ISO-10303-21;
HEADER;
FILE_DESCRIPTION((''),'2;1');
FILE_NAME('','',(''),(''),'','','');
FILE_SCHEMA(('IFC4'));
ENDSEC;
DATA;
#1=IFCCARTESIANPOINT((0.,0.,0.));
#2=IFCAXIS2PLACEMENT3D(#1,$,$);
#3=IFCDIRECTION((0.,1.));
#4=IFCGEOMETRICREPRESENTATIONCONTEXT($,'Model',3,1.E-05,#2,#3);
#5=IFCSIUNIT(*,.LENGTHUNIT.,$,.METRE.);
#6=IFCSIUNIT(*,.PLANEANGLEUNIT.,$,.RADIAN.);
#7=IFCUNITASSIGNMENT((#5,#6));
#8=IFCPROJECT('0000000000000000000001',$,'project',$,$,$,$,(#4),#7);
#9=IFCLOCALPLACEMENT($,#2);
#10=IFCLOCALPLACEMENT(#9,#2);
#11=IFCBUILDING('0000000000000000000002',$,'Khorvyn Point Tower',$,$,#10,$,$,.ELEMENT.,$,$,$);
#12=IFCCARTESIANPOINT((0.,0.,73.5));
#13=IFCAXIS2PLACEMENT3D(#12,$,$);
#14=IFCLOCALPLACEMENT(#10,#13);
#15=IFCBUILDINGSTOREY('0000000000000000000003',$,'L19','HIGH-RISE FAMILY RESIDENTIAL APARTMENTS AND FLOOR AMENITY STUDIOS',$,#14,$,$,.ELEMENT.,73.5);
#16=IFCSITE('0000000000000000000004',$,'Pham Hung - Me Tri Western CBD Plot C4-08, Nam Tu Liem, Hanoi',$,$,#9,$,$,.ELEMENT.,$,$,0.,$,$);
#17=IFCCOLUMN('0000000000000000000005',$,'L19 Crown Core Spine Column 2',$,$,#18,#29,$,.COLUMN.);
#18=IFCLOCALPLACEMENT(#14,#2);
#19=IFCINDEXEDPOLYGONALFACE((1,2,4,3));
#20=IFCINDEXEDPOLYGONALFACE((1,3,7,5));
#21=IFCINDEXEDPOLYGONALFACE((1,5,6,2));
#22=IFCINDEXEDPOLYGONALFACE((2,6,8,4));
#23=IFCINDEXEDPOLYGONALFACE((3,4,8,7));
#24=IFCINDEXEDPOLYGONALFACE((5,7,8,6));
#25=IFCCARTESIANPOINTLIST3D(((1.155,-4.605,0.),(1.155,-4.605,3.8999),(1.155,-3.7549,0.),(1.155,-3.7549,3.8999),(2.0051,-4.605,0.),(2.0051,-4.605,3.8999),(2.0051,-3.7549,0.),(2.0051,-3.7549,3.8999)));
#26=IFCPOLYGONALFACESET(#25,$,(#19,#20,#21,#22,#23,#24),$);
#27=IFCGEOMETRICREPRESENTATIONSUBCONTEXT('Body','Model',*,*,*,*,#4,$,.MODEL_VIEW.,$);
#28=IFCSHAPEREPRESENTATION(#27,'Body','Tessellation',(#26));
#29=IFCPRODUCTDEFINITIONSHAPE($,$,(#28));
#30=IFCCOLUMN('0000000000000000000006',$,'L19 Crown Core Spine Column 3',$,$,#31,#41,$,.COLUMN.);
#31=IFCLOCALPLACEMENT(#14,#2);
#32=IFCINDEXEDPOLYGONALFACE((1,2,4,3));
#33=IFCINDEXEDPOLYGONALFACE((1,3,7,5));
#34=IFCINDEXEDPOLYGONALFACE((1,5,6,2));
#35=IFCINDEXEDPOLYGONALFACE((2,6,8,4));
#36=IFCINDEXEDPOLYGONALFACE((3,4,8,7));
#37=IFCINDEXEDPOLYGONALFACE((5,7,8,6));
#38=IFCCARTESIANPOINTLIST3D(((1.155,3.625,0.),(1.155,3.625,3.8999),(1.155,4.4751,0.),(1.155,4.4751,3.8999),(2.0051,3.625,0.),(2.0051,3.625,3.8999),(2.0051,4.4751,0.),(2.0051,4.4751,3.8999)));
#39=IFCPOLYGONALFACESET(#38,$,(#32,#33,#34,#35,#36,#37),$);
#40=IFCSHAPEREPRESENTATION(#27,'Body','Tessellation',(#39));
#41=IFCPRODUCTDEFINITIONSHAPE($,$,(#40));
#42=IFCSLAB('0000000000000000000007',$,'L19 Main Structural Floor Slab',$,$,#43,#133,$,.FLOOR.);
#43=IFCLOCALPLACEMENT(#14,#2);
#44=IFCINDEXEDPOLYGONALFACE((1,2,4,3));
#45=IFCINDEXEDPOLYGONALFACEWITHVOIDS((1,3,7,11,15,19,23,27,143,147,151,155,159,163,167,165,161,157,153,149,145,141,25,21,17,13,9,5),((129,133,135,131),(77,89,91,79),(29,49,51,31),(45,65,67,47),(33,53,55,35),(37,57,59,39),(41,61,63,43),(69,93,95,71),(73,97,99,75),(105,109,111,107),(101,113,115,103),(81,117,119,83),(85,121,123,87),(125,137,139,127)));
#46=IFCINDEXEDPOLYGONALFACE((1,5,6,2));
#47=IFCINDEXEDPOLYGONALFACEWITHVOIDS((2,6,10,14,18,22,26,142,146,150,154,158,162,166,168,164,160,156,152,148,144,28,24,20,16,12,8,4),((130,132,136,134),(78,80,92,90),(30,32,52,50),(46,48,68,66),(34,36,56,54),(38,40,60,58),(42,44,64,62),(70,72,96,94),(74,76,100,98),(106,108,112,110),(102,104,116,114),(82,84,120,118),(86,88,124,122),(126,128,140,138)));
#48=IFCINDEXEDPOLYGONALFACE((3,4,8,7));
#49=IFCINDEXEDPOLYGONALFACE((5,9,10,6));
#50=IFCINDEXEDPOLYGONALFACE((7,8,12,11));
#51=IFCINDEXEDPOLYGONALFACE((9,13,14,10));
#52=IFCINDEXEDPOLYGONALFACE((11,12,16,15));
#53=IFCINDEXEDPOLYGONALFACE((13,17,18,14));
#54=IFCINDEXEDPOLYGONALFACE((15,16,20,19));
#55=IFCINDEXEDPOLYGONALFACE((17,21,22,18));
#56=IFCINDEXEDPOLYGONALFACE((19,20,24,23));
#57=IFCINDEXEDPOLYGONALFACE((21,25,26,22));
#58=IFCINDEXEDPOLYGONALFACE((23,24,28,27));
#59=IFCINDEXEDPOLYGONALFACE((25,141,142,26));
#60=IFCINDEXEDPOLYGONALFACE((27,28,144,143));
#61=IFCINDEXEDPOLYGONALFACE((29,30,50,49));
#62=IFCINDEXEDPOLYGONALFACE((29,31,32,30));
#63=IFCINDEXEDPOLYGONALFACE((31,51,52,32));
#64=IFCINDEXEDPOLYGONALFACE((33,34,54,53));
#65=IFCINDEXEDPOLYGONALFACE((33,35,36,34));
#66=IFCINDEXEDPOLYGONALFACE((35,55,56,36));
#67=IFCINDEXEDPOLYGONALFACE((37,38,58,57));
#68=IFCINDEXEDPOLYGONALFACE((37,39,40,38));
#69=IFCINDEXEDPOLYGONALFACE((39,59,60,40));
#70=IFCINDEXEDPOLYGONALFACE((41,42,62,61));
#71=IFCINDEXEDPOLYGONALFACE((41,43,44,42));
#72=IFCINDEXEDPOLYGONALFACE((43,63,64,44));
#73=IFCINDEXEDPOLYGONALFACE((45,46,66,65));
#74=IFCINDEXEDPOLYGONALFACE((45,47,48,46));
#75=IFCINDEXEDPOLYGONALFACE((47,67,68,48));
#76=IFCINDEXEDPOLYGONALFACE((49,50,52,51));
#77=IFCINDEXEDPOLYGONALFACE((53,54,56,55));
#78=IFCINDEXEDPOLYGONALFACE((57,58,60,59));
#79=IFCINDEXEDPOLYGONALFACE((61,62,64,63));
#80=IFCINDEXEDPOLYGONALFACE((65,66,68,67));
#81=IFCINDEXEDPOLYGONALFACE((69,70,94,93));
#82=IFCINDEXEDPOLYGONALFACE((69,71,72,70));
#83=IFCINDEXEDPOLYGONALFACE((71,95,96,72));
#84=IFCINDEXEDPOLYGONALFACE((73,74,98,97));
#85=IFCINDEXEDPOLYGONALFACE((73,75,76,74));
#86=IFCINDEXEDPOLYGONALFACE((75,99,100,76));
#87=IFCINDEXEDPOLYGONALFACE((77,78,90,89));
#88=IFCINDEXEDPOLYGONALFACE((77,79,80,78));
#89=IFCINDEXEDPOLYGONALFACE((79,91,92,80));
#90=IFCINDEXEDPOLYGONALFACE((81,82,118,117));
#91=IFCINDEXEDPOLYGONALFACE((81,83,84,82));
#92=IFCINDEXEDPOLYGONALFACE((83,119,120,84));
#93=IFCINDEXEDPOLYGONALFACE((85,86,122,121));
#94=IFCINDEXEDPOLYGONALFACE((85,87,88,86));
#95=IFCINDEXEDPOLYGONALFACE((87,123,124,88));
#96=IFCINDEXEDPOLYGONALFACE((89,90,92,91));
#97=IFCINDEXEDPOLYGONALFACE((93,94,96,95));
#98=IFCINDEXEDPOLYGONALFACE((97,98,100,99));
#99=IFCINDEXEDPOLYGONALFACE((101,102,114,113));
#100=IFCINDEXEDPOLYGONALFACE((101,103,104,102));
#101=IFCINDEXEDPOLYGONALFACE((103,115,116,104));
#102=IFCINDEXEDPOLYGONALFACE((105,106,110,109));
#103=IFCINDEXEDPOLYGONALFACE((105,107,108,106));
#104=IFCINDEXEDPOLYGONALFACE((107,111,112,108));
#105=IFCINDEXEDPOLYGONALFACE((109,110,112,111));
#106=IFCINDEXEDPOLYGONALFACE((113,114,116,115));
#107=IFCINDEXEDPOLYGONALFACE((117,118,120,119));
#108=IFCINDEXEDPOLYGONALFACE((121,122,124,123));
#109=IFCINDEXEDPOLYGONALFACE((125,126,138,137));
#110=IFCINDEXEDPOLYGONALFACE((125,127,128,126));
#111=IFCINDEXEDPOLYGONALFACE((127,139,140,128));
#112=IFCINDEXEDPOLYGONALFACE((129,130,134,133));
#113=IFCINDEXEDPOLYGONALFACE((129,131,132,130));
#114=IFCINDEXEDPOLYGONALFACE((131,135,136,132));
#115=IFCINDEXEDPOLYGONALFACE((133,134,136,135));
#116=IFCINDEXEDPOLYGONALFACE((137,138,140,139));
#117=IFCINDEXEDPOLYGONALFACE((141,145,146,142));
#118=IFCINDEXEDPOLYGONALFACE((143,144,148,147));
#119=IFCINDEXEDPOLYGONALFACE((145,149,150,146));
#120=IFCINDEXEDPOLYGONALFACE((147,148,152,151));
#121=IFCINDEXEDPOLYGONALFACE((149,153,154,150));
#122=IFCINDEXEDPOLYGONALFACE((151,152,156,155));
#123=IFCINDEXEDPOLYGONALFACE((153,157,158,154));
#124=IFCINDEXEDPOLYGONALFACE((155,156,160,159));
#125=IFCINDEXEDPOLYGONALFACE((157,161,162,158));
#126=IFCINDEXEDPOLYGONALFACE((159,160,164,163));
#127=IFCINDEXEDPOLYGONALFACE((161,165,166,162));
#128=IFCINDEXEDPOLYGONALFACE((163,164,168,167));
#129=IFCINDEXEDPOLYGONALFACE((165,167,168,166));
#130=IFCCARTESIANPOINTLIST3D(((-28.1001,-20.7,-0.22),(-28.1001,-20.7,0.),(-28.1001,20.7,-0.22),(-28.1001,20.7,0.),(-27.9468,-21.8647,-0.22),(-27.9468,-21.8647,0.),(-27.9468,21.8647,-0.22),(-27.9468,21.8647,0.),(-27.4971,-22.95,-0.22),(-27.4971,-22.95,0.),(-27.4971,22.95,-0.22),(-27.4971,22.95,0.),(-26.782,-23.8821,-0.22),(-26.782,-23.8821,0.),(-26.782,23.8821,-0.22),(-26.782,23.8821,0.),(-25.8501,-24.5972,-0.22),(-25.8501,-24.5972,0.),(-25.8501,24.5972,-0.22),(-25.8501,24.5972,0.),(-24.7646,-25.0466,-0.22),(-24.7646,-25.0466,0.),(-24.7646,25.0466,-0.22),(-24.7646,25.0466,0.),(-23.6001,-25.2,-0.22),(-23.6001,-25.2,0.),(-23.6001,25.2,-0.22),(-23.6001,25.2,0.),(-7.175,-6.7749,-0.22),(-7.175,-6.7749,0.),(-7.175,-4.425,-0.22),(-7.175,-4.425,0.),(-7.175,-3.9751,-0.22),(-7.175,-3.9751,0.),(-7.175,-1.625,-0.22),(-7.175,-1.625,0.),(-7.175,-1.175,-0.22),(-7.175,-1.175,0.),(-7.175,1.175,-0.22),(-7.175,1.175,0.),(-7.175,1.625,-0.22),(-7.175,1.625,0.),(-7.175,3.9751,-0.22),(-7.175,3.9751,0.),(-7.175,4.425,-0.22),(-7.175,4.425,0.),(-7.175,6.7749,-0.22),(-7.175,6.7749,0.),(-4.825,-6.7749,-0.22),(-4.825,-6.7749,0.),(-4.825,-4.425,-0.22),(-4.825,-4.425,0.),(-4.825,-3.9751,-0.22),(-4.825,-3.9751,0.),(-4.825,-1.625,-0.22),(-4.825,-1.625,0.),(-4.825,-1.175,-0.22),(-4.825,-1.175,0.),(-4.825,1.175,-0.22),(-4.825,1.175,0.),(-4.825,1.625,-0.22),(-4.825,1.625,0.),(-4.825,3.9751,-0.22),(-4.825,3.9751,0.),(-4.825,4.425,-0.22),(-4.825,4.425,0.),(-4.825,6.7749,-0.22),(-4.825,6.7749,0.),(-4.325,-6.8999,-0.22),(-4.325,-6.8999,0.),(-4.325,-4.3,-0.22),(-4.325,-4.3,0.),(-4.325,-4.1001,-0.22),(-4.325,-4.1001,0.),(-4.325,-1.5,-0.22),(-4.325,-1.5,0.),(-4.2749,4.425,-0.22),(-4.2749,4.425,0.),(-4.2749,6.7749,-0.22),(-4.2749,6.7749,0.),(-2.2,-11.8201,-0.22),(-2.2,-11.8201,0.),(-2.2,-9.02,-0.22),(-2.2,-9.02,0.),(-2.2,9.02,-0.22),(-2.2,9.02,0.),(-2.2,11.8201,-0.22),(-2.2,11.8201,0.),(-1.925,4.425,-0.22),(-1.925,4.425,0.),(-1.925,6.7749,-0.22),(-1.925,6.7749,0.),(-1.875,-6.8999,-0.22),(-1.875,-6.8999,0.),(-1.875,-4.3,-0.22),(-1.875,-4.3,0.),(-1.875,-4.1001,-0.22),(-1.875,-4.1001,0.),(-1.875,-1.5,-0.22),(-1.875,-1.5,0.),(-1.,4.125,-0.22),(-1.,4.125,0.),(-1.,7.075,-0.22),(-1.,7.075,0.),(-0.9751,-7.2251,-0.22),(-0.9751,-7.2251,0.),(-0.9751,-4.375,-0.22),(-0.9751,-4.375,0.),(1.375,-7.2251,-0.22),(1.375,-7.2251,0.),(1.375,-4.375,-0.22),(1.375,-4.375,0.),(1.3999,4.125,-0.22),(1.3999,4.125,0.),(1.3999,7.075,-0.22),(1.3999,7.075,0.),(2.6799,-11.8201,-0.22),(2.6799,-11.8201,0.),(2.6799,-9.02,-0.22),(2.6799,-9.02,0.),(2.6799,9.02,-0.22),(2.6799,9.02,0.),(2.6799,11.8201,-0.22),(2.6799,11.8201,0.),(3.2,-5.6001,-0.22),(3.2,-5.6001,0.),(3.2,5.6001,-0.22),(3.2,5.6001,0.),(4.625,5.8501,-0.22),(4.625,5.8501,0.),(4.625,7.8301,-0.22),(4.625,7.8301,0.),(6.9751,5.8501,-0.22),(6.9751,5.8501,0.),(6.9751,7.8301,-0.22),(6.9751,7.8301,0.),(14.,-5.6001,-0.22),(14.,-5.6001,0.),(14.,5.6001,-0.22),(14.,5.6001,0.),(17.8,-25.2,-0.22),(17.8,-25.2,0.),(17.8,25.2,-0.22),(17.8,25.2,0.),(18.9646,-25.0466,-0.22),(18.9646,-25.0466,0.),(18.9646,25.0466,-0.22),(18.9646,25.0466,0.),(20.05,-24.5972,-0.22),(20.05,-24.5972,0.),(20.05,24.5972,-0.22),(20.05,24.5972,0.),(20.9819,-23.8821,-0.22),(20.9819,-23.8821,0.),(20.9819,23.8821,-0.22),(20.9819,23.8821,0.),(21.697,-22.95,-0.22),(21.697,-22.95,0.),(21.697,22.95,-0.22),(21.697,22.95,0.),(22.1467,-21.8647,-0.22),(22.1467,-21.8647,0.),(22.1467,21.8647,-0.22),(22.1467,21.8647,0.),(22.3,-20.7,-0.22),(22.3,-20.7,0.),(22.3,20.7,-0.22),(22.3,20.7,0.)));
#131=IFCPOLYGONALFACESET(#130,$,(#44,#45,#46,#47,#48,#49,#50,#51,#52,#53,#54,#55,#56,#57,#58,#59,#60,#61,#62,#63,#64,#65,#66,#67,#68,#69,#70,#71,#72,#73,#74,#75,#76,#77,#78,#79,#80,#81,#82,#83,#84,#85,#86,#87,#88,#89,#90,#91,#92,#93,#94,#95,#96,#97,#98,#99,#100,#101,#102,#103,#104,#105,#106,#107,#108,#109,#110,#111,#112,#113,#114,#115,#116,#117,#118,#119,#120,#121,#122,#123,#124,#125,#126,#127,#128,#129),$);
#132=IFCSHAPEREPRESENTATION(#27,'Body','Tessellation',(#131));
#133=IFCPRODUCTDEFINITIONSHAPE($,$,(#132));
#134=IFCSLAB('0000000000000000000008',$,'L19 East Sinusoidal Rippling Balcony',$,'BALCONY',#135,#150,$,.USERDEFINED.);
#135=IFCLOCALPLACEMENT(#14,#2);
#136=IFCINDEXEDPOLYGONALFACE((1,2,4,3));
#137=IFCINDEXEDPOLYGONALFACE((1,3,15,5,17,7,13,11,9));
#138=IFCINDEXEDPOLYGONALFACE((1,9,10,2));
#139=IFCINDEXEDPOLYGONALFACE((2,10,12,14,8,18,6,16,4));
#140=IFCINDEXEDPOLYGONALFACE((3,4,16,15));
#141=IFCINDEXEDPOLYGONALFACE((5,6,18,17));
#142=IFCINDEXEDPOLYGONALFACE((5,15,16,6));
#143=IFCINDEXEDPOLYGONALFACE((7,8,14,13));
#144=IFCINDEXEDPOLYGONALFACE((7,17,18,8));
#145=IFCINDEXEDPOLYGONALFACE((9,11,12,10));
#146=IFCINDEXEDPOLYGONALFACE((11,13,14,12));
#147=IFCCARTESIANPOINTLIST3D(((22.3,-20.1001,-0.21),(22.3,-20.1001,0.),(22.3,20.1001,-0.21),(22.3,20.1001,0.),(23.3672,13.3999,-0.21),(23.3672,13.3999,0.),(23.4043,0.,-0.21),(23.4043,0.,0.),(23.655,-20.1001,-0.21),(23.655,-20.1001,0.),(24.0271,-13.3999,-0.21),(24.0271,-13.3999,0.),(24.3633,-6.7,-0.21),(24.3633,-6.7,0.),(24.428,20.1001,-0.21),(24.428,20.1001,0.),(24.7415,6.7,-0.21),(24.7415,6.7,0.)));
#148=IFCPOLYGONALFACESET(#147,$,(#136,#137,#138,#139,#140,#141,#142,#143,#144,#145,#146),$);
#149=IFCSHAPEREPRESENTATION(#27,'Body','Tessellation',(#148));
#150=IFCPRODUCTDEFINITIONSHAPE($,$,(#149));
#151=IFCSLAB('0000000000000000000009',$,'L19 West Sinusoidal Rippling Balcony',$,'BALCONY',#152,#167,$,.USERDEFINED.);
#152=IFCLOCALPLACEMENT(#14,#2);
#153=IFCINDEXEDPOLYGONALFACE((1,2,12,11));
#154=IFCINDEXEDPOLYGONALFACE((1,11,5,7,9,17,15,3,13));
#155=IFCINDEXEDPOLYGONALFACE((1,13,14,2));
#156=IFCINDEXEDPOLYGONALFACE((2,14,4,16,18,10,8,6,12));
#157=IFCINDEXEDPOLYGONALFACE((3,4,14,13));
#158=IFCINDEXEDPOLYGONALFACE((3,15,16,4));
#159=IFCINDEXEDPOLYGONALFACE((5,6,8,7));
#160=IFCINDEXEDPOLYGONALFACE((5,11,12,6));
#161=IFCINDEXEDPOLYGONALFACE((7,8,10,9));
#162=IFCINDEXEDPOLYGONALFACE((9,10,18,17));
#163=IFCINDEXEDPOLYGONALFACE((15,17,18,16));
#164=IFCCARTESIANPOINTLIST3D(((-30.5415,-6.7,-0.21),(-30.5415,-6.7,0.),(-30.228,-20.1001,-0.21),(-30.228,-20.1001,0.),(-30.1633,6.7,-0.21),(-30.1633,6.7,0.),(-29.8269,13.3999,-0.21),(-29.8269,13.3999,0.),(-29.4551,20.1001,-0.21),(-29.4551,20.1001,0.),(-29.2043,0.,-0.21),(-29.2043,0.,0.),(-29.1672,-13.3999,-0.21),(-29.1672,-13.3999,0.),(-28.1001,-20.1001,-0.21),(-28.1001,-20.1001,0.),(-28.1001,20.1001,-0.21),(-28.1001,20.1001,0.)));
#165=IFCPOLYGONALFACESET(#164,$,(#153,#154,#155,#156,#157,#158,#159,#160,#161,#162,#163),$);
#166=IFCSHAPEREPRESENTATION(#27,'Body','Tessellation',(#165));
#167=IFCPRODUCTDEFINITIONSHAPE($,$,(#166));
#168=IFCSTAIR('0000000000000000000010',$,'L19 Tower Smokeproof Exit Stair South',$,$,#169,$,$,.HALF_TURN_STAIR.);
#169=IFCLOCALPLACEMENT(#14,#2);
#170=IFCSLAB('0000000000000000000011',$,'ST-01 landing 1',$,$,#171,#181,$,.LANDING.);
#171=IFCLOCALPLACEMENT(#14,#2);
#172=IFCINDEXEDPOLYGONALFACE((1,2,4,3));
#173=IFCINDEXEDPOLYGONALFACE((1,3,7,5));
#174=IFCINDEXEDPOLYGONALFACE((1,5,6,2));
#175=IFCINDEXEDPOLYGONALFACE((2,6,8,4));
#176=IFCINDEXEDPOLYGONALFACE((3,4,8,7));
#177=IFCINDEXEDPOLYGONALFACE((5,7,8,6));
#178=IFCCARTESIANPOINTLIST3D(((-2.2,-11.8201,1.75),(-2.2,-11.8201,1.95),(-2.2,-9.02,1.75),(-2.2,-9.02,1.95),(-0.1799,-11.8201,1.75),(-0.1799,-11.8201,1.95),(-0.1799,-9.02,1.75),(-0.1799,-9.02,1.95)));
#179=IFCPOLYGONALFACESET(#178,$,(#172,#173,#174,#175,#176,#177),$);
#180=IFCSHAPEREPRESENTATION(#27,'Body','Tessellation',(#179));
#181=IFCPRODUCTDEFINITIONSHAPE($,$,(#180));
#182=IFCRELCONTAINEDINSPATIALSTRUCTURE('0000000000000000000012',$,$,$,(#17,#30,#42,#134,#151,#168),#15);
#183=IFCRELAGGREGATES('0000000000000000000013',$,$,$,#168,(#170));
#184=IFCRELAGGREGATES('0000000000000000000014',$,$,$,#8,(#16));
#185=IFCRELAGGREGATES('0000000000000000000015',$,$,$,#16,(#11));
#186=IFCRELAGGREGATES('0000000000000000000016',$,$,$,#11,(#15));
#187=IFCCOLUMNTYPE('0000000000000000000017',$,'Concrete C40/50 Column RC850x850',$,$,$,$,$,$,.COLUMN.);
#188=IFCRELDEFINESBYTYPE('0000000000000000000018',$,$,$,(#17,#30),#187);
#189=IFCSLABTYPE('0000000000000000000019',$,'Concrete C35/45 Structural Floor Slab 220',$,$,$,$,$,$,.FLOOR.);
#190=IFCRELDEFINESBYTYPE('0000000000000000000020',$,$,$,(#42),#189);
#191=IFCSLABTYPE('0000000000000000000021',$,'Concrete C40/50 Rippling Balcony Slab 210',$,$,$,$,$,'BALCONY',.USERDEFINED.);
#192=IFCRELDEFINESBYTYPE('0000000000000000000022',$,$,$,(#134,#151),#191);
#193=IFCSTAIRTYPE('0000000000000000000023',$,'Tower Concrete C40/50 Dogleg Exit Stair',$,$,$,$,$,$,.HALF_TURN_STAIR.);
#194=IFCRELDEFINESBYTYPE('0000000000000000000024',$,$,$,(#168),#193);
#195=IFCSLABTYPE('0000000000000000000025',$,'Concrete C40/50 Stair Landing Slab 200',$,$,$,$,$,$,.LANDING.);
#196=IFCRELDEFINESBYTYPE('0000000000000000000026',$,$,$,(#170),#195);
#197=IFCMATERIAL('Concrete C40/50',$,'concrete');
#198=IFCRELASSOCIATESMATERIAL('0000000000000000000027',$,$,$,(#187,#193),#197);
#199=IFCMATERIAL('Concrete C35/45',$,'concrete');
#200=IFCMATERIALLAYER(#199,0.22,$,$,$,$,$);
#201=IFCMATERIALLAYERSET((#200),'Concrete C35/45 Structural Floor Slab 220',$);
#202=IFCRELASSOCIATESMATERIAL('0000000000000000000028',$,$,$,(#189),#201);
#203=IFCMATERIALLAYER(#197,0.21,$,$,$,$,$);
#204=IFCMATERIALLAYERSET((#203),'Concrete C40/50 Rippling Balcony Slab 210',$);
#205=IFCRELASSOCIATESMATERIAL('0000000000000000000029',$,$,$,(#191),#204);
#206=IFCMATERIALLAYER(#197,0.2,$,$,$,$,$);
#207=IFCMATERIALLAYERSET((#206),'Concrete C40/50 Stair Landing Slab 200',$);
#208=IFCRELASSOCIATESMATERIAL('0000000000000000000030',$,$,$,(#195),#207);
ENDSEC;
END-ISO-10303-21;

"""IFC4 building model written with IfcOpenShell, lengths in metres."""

from ifc_helpers import new_model, si_unit, direction, frame, origin, origin_2d, place, context, subcontext, project, spatial, polyline, rectangle, outline, extrude, material, layer, layer_set, material_profile, profile_set, type_object, element, aggregate, save


model = new_model("IFC4")

# Units and contexts
model_context = context("Model", 3, precision=1e-05, world=origin(), true_north=direction((0.0, 1.0)))
body_context = subcontext(model_context, "Body", "Model", "MODEL_VIEW")
ifc_project = project(units=[si_unit("LENGTHUNIT", "METRE"), si_unit("PLANEANGLEUNIT", "RADIAN")], contexts=[model_context])

# Site, building, storey
site_placement = place(None, origin())
site = spatial("IfcSite", under=ifc_project, at=site_placement, Name="Pham Hung - Me Tri Western CBD Plot C4-08, Nam Tu Liem, Hanoi", CompositionType="ELEMENT", RefElevation=0.0)
building_placement = place(site_placement, origin())
building = spatial("IfcBuilding", under=site, at=building_placement, Name="Khorvyn Point Tower", CompositionType="ELEMENT")
storey_placement = place(building_placement, frame((0.0, 0.0, 73.5)))
storey = spatial("IfcBuildingStorey", under=building, at=storey_placement, Name="L19", Description="HIGH-RISE FAMILY RESIDENTIAL APARTMENTS AND FLOOR AMENITY STUDIOS", CompositionType="ELEMENT", Elevation=73.5)

# Columns
ifc_material_1 = material(Name="Concrete C40/50", Category="concrete")
ifc_material_profile = material_profile(ifc_material_1, rectangle(XDim=0.8501, YDim=0.8501, at=origin_2d()))
ifc_profile_set = profile_set([ifc_material_profile], Name="Concrete C40/50 RC850x850")
column_type = type_object("IfcColumnType", Name="Concrete C40/50 Column RC850x850", PredefinedType="COLUMN", material=ifc_profile_set)
for number, where, z_axis, x_axis, name in (
    (1, (1.5801, -4.1799, 0.0), (0.0, 0.0, 1.0), (1.0, 0.0, 0.0), "L19 Crown Core Spine Column 2"),
    (2, (1.5801, 4.05, 0.0), (0.0, 0.0, 1.0), (1.0, 0.0, 0.0), "L19 Crown Core Spine Column 3"),
):
    element("IfcColumn", number, at=place(storey_placement, frame(where, z_axis=z_axis, x_axis=x_axis)), inside=storey, type_object=column_type, Name=name, PredefinedType="COLUMN", context=body_context, shape_type="SweptSolid", body=[
        extrude(rectangle(XDim=0.8501, YDim=0.8501, at=origin_2d()), origin(), (0.0, 0.0, 1.0), 3.8999),
    ])

# Slabs
ifc_material_2 = material(Name="Concrete C35/45", Category="concrete")
ifc_layer_1 = layer(ifc_material_2, 0.22)
ifc_layer_set_1 = layer_set([ifc_layer_1], Name="Concrete C35/45 Structural Floor Slab 220")
slab_type_1 = type_object("IfcSlabType", Name="Concrete C35/45 Structural Floor Slab 220", PredefinedType="FLOOR", material=ifc_layer_set_1)
slab_1_placement = place(storey_placement, frame((0.0, 0.0, -0.22)))
element("IfcSlab", 3, at=slab_1_placement, inside=storey, type_object=slab_type_1, Name="L19 Main Structural Floor Slab", PredefinedType="FLOOR", context=body_context, shape_type="SweptSolid", body=[
    extrude(outline(polyline([(-23.6001, -25.2), (-24.7646, -25.0466), (-25.8501, -24.5972), (-26.782, -23.8821), (-27.4971, -22.95), (-27.9468, -21.8647), (-28.1001, -20.7), (-28.1001, 20.7), (-27.9468, 21.8647), (-27.4971, 22.95), (-26.782, 23.8821), (-25.8501, 24.5972), (-24.7646, 25.0466), (-23.6001, 25.2), (17.8, 25.2), (18.9646, 25.0466), (20.05, 24.5972), (20.9819, 23.8821), (21.697, 22.95), (22.1467, 21.8647), (22.3, 20.7), (22.3, -20.7), (22.1467, -21.8647), (21.697, -22.95), (20.9819, -23.8821), (20.05, -24.5972), (18.9646, -25.0466), (17.8, -25.2), (-23.6001, -25.2)]), holes=[polyline([(-4.825, -6.7749), (-4.825, -4.425), (-7.175, -4.425), (-7.175, -6.7749), (-4.825, -6.7749)]), polyline([(-4.325, -6.8999), (-1.875, -6.8999), (-1.875, -4.3), (-4.325, -4.3), (-4.325, -6.8999)]), polyline([(-7.175, -3.9751), (-4.825, -3.9751), (-4.825, -1.625), (-7.175, -1.625), (-7.175, -3.9751)]), polyline([(-7.175, -1.175), (-4.825, -1.175), (-4.825, 1.175), (-7.175, 1.175), (-7.175, -1.175)]), polyline([(-7.175, 1.625), (-4.825, 1.625), (-4.825, 3.9751), (-7.175, 3.9751), (-7.175, 1.625)]), polyline([(-7.175, 4.425), (-4.825, 4.425), (-4.825, 6.7749), (-7.175, 6.7749), (-7.175, 4.425)]), polyline([(-4.2749, 4.425), (-1.925, 4.425), (-1.925, 6.7749), (-4.2749, 6.7749), (-4.2749, 4.425)]), polyline([(2.6799, -11.8201), (2.6799, -9.02), (-2.2, -9.02), (-2.2, -11.8201), (2.6799, -11.8201)]), polyline([(-0.9751, -7.2251), (1.375, -7.2251), (1.375, -4.375), (-0.9751, -4.375), (-0.9751, -7.2251)]), polyline([(-4.325, -4.1001), (-1.875, -4.1001), (-1.875, -1.5), (-4.325, -1.5), (-4.325, -4.1001)]), polyline([(3.2, -5.6001), (14.0, -5.6001), (14.0, 5.6001), (3.2, 5.6001), (3.2, -5.6001)]), polyline([(-1.0, 4.125), (1.3999, 4.125), (1.3999, 7.075), (-1.0, 7.075), (-1.0, 4.125)]), polyline([(4.625, 5.8501), (6.9751, 5.8501), (6.9751, 7.8301), (4.625, 7.8301), (4.625, 5.8501)]), polyline([(-2.2, 9.02), (2.6799, 9.02), (2.6799, 11.8201), (-2.2, 11.8201), (-2.2, 9.02)])]), origin(), (0.0, 0.0, 1.0), 0.22),
])
ifc_layer_2 = layer(ifc_material_1, 0.21)
ifc_layer_set_2 = layer_set([ifc_layer_2], Name="Concrete C40/50 Rippling Balcony Slab 210")
slab_type_2 = type_object("IfcSlabType", Name="Concrete C40/50 Rippling Balcony Slab 210", ElementType="BALCONY", PredefinedType="USERDEFINED", material=ifc_layer_set_2)
slab_2_placement = place(storey_placement, frame((0.0, 0.0, -0.21)))
element("IfcSlab", 4, at=slab_2_placement, inside=storey, type_object=slab_type_2, Name="L19 East Sinusoidal Rippling Balcony", ObjectType="BALCONY", PredefinedType="USERDEFINED", context=body_context, shape_type="SweptSolid", body=[
    extrude(outline(polyline([(22.3, -20.1001), (23.655, -20.1001), (24.0271, -13.3999), (24.3633, -6.7), (23.4043, 0.0), (24.7415, 6.7), (23.3672, 13.3999), (24.428, 20.1001), (22.3, 20.1001), (22.3, -20.1001)])), origin(), (0.0, 0.0, 1.0), 0.21),
])
slab_3_placement = place(storey_placement, frame((0.0, 0.0, -0.21)))
element("IfcSlab", 5, at=slab_3_placement, inside=storey, type_object=slab_type_2, Name="L19 West Sinusoidal Rippling Balcony", ObjectType="BALCONY", PredefinedType="USERDEFINED", context=body_context, shape_type="SweptSolid", body=[
    extrude(outline(polyline([(-28.1001, 20.1001), (-29.4551, 20.1001), (-29.8269, 13.3999), (-30.1633, 6.7), (-29.2043, 0.0), (-30.5415, -6.7), (-29.1672, -13.3999), (-30.228, -20.1001), (-28.1001, -20.1001), (-28.1001, 20.1001)])), origin(), (0.0, 0.0, 1.0), 0.21),
])

# Stair, slab
stair_type = type_object("IfcStairType", Name="Tower Concrete C40/50 Dogleg Exit Stair", PredefinedType="HALF_TURN_STAIR", material=ifc_material_1)
stair_1_placement = place(storey_placement, origin())
stair_1 = element("IfcStair", 6, at=stair_1_placement, inside=storey, type_object=stair_type, Name="L19 Tower Smokeproof Exit Stair South", PredefinedType="HALF_TURN_STAIR")
ifc_layer_3 = layer(ifc_material_1, 0.2)
ifc_layer_set_3 = layer_set([ifc_layer_3], Name="Concrete C40/50 Stair Landing Slab 200")
slab_type_3 = type_object("IfcSlabType", Name="Concrete C40/50 Stair Landing Slab 200", PredefinedType="LANDING", material=ifc_layer_set_3)
slab_4_placement = place(storey_placement, frame((0.0, 0.0, 1.75)))
slab_4 = element("IfcSlab", 7, at=slab_4_placement, type_object=slab_type_3, Name="ST-01 landing 1", PredefinedType="LANDING", context=body_context, shape_type="SweptSolid", body=[
    extrude(outline(polyline([(-0.1799, -9.02), (-2.2, -9.02), (-2.2, -11.8201), (-0.1799, -11.8201), (-0.1799, -9.02)])), origin(), (0.0, 0.0, 1.0), 0.2),
])
aggregate(stair_1, [slab_4])

save(model, "model.ifc")
